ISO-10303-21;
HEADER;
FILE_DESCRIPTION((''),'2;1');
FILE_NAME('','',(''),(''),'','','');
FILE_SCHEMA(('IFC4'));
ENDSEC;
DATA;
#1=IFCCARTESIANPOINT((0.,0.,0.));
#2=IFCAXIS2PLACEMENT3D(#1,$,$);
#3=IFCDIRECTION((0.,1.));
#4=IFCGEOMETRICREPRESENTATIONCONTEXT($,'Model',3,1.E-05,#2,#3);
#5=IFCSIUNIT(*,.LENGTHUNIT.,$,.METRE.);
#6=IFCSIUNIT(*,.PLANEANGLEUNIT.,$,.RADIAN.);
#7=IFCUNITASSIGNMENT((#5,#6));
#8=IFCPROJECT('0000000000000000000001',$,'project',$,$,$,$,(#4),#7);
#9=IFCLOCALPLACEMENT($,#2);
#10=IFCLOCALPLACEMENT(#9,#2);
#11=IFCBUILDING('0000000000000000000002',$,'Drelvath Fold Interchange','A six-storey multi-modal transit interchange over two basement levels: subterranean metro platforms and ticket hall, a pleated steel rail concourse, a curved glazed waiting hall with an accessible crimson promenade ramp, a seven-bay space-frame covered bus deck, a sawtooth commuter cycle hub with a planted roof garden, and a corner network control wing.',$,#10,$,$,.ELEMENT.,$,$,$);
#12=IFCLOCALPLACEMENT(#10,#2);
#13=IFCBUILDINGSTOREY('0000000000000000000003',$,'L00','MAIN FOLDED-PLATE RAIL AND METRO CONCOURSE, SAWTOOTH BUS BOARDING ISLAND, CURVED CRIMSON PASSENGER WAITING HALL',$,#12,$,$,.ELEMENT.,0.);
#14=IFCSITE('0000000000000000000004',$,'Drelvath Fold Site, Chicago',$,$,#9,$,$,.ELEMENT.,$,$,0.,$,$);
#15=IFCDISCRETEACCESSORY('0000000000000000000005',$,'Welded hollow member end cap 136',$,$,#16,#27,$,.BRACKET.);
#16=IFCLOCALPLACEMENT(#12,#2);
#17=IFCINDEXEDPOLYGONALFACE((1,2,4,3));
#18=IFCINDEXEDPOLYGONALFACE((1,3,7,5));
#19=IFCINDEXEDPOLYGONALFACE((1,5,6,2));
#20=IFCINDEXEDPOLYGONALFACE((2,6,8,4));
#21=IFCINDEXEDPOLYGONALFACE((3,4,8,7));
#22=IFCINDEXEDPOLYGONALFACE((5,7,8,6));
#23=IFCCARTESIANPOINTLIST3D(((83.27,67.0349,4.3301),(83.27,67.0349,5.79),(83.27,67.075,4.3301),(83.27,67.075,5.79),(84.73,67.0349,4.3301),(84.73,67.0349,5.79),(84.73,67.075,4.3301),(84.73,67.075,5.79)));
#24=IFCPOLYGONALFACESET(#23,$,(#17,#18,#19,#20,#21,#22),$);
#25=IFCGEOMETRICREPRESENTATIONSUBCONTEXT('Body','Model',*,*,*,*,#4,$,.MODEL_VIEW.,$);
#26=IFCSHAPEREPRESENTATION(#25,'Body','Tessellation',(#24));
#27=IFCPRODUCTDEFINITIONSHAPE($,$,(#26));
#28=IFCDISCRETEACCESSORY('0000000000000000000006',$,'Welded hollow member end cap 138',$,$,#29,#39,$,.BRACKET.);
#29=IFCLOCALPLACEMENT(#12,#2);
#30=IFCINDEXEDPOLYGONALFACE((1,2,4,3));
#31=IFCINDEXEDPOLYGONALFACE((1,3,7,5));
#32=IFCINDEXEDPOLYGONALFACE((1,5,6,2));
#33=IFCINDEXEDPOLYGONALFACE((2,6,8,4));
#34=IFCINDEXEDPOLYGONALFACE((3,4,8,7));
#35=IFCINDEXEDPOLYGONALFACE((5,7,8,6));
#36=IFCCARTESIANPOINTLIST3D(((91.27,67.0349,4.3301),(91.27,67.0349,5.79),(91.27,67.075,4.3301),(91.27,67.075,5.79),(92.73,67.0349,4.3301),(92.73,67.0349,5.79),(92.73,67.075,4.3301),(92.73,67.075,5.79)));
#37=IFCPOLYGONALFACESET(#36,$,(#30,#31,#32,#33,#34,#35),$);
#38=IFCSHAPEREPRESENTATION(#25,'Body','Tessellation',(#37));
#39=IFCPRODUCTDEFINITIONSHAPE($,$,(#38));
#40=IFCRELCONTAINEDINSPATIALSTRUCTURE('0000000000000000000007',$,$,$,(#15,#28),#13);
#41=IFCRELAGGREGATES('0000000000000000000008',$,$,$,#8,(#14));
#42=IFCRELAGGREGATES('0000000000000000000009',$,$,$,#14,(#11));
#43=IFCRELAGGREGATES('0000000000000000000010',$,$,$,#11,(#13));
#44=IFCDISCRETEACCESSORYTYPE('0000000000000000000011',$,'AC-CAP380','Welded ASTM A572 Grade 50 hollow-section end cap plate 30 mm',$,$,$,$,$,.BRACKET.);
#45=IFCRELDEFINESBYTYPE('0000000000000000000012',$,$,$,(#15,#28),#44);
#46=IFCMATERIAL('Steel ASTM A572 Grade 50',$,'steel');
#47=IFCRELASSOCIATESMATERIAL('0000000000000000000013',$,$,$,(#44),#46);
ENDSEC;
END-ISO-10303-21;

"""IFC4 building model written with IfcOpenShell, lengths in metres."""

from ifc_helpers import new_model, si_unit, direction, frame, origin, origin_2d, place, context, subcontext, project, spatial, rectangle, extrude, material, type_object, element, save


model = new_model("IFC4")

# Units and contexts
model_context = context("Model", 3, precision=1e-05, world=origin(), true_north=direction((0.0, 1.0)))
body_context = subcontext(model_context, "Body", "Model", "MODEL_VIEW")
ifc_project = project(units=[si_unit("LENGTHUNIT", "METRE"), si_unit("PLANEANGLEUNIT", "RADIAN")], contexts=[model_context])

# Site, building, storey
site_placement = place(None, origin())
site = spatial("IfcSite", under=ifc_project, at=site_placement, Name="Drelvath Fold Site, Chicago", CompositionType="ELEMENT", RefElevation=0.0)
building_placement = place(site_placement, origin())
building = spatial("IfcBuilding", under=site, at=building_placement, Name="Drelvath Fold Interchange", Description="A six-storey multi-modal transit interchange over two basement levels: subterranean metro platforms and ticket hall, a pleated steel rail concourse, a curved glazed waiting hall with an accessible crimson promenade ramp, a seven-bay space-frame covered bus deck, a sawtooth commuter cycle hub with a planted roof garden, and a corner network control wing.", CompositionType="ELEMENT")
storey_placement = place(building_placement, origin())
storey = spatial("IfcBuildingStorey", under=building, at=storey_placement, Name="L00", Description="MAIN FOLDED-PLATE RAIL AND METRO CONCOURSE, SAWTOOTH BUS BOARDING ISLAND, CURVED CRIMSON PASSENGER WAITING HALL", CompositionType="ELEMENT", Elevation=0.0)

# Shared definitions
ifc_material_1 = material(Name="Steel ASTM A572 Grade 50", Category="steel")

# Discrete accessories
discrete_accessory_type = type_object("IfcDiscreteAccessoryType", Name="AC-CAP380", Description="Welded ASTM A572 Grade 50 hollow-section end cap plate 30 mm", PredefinedType="BRACKET", material=ifc_material_1)
for number, where, z_axis, x_axis, name in (
    (1, (84.0, 67.0549, 4.3301), (0.0, 0.0, 1.0), (1.0, 0.0, 0.0), "Welded hollow member end cap 136"),
    (2, (92.0, 67.0549, 4.3301), (0.0, 0.0, 1.0), (1.0, 0.0, 0.0), "Welded hollow member end cap 138"),
):
    element("IfcDiscreteAccessory", number, at=place(storey_placement, frame(where, z_axis=z_axis, x_axis=x_axis)), inside=storey, type_object=discrete_accessory_type, Name=name, PredefinedType="BRACKET", context=body_context, shape_type="SweptSolid", body=[
        extrude(rectangle(XDim=1.46, YDim=0.04, at=origin_2d()), origin(), (0.0, 0.0, 1.0), 1.46),
    ])

save(model, "model.ifc")
